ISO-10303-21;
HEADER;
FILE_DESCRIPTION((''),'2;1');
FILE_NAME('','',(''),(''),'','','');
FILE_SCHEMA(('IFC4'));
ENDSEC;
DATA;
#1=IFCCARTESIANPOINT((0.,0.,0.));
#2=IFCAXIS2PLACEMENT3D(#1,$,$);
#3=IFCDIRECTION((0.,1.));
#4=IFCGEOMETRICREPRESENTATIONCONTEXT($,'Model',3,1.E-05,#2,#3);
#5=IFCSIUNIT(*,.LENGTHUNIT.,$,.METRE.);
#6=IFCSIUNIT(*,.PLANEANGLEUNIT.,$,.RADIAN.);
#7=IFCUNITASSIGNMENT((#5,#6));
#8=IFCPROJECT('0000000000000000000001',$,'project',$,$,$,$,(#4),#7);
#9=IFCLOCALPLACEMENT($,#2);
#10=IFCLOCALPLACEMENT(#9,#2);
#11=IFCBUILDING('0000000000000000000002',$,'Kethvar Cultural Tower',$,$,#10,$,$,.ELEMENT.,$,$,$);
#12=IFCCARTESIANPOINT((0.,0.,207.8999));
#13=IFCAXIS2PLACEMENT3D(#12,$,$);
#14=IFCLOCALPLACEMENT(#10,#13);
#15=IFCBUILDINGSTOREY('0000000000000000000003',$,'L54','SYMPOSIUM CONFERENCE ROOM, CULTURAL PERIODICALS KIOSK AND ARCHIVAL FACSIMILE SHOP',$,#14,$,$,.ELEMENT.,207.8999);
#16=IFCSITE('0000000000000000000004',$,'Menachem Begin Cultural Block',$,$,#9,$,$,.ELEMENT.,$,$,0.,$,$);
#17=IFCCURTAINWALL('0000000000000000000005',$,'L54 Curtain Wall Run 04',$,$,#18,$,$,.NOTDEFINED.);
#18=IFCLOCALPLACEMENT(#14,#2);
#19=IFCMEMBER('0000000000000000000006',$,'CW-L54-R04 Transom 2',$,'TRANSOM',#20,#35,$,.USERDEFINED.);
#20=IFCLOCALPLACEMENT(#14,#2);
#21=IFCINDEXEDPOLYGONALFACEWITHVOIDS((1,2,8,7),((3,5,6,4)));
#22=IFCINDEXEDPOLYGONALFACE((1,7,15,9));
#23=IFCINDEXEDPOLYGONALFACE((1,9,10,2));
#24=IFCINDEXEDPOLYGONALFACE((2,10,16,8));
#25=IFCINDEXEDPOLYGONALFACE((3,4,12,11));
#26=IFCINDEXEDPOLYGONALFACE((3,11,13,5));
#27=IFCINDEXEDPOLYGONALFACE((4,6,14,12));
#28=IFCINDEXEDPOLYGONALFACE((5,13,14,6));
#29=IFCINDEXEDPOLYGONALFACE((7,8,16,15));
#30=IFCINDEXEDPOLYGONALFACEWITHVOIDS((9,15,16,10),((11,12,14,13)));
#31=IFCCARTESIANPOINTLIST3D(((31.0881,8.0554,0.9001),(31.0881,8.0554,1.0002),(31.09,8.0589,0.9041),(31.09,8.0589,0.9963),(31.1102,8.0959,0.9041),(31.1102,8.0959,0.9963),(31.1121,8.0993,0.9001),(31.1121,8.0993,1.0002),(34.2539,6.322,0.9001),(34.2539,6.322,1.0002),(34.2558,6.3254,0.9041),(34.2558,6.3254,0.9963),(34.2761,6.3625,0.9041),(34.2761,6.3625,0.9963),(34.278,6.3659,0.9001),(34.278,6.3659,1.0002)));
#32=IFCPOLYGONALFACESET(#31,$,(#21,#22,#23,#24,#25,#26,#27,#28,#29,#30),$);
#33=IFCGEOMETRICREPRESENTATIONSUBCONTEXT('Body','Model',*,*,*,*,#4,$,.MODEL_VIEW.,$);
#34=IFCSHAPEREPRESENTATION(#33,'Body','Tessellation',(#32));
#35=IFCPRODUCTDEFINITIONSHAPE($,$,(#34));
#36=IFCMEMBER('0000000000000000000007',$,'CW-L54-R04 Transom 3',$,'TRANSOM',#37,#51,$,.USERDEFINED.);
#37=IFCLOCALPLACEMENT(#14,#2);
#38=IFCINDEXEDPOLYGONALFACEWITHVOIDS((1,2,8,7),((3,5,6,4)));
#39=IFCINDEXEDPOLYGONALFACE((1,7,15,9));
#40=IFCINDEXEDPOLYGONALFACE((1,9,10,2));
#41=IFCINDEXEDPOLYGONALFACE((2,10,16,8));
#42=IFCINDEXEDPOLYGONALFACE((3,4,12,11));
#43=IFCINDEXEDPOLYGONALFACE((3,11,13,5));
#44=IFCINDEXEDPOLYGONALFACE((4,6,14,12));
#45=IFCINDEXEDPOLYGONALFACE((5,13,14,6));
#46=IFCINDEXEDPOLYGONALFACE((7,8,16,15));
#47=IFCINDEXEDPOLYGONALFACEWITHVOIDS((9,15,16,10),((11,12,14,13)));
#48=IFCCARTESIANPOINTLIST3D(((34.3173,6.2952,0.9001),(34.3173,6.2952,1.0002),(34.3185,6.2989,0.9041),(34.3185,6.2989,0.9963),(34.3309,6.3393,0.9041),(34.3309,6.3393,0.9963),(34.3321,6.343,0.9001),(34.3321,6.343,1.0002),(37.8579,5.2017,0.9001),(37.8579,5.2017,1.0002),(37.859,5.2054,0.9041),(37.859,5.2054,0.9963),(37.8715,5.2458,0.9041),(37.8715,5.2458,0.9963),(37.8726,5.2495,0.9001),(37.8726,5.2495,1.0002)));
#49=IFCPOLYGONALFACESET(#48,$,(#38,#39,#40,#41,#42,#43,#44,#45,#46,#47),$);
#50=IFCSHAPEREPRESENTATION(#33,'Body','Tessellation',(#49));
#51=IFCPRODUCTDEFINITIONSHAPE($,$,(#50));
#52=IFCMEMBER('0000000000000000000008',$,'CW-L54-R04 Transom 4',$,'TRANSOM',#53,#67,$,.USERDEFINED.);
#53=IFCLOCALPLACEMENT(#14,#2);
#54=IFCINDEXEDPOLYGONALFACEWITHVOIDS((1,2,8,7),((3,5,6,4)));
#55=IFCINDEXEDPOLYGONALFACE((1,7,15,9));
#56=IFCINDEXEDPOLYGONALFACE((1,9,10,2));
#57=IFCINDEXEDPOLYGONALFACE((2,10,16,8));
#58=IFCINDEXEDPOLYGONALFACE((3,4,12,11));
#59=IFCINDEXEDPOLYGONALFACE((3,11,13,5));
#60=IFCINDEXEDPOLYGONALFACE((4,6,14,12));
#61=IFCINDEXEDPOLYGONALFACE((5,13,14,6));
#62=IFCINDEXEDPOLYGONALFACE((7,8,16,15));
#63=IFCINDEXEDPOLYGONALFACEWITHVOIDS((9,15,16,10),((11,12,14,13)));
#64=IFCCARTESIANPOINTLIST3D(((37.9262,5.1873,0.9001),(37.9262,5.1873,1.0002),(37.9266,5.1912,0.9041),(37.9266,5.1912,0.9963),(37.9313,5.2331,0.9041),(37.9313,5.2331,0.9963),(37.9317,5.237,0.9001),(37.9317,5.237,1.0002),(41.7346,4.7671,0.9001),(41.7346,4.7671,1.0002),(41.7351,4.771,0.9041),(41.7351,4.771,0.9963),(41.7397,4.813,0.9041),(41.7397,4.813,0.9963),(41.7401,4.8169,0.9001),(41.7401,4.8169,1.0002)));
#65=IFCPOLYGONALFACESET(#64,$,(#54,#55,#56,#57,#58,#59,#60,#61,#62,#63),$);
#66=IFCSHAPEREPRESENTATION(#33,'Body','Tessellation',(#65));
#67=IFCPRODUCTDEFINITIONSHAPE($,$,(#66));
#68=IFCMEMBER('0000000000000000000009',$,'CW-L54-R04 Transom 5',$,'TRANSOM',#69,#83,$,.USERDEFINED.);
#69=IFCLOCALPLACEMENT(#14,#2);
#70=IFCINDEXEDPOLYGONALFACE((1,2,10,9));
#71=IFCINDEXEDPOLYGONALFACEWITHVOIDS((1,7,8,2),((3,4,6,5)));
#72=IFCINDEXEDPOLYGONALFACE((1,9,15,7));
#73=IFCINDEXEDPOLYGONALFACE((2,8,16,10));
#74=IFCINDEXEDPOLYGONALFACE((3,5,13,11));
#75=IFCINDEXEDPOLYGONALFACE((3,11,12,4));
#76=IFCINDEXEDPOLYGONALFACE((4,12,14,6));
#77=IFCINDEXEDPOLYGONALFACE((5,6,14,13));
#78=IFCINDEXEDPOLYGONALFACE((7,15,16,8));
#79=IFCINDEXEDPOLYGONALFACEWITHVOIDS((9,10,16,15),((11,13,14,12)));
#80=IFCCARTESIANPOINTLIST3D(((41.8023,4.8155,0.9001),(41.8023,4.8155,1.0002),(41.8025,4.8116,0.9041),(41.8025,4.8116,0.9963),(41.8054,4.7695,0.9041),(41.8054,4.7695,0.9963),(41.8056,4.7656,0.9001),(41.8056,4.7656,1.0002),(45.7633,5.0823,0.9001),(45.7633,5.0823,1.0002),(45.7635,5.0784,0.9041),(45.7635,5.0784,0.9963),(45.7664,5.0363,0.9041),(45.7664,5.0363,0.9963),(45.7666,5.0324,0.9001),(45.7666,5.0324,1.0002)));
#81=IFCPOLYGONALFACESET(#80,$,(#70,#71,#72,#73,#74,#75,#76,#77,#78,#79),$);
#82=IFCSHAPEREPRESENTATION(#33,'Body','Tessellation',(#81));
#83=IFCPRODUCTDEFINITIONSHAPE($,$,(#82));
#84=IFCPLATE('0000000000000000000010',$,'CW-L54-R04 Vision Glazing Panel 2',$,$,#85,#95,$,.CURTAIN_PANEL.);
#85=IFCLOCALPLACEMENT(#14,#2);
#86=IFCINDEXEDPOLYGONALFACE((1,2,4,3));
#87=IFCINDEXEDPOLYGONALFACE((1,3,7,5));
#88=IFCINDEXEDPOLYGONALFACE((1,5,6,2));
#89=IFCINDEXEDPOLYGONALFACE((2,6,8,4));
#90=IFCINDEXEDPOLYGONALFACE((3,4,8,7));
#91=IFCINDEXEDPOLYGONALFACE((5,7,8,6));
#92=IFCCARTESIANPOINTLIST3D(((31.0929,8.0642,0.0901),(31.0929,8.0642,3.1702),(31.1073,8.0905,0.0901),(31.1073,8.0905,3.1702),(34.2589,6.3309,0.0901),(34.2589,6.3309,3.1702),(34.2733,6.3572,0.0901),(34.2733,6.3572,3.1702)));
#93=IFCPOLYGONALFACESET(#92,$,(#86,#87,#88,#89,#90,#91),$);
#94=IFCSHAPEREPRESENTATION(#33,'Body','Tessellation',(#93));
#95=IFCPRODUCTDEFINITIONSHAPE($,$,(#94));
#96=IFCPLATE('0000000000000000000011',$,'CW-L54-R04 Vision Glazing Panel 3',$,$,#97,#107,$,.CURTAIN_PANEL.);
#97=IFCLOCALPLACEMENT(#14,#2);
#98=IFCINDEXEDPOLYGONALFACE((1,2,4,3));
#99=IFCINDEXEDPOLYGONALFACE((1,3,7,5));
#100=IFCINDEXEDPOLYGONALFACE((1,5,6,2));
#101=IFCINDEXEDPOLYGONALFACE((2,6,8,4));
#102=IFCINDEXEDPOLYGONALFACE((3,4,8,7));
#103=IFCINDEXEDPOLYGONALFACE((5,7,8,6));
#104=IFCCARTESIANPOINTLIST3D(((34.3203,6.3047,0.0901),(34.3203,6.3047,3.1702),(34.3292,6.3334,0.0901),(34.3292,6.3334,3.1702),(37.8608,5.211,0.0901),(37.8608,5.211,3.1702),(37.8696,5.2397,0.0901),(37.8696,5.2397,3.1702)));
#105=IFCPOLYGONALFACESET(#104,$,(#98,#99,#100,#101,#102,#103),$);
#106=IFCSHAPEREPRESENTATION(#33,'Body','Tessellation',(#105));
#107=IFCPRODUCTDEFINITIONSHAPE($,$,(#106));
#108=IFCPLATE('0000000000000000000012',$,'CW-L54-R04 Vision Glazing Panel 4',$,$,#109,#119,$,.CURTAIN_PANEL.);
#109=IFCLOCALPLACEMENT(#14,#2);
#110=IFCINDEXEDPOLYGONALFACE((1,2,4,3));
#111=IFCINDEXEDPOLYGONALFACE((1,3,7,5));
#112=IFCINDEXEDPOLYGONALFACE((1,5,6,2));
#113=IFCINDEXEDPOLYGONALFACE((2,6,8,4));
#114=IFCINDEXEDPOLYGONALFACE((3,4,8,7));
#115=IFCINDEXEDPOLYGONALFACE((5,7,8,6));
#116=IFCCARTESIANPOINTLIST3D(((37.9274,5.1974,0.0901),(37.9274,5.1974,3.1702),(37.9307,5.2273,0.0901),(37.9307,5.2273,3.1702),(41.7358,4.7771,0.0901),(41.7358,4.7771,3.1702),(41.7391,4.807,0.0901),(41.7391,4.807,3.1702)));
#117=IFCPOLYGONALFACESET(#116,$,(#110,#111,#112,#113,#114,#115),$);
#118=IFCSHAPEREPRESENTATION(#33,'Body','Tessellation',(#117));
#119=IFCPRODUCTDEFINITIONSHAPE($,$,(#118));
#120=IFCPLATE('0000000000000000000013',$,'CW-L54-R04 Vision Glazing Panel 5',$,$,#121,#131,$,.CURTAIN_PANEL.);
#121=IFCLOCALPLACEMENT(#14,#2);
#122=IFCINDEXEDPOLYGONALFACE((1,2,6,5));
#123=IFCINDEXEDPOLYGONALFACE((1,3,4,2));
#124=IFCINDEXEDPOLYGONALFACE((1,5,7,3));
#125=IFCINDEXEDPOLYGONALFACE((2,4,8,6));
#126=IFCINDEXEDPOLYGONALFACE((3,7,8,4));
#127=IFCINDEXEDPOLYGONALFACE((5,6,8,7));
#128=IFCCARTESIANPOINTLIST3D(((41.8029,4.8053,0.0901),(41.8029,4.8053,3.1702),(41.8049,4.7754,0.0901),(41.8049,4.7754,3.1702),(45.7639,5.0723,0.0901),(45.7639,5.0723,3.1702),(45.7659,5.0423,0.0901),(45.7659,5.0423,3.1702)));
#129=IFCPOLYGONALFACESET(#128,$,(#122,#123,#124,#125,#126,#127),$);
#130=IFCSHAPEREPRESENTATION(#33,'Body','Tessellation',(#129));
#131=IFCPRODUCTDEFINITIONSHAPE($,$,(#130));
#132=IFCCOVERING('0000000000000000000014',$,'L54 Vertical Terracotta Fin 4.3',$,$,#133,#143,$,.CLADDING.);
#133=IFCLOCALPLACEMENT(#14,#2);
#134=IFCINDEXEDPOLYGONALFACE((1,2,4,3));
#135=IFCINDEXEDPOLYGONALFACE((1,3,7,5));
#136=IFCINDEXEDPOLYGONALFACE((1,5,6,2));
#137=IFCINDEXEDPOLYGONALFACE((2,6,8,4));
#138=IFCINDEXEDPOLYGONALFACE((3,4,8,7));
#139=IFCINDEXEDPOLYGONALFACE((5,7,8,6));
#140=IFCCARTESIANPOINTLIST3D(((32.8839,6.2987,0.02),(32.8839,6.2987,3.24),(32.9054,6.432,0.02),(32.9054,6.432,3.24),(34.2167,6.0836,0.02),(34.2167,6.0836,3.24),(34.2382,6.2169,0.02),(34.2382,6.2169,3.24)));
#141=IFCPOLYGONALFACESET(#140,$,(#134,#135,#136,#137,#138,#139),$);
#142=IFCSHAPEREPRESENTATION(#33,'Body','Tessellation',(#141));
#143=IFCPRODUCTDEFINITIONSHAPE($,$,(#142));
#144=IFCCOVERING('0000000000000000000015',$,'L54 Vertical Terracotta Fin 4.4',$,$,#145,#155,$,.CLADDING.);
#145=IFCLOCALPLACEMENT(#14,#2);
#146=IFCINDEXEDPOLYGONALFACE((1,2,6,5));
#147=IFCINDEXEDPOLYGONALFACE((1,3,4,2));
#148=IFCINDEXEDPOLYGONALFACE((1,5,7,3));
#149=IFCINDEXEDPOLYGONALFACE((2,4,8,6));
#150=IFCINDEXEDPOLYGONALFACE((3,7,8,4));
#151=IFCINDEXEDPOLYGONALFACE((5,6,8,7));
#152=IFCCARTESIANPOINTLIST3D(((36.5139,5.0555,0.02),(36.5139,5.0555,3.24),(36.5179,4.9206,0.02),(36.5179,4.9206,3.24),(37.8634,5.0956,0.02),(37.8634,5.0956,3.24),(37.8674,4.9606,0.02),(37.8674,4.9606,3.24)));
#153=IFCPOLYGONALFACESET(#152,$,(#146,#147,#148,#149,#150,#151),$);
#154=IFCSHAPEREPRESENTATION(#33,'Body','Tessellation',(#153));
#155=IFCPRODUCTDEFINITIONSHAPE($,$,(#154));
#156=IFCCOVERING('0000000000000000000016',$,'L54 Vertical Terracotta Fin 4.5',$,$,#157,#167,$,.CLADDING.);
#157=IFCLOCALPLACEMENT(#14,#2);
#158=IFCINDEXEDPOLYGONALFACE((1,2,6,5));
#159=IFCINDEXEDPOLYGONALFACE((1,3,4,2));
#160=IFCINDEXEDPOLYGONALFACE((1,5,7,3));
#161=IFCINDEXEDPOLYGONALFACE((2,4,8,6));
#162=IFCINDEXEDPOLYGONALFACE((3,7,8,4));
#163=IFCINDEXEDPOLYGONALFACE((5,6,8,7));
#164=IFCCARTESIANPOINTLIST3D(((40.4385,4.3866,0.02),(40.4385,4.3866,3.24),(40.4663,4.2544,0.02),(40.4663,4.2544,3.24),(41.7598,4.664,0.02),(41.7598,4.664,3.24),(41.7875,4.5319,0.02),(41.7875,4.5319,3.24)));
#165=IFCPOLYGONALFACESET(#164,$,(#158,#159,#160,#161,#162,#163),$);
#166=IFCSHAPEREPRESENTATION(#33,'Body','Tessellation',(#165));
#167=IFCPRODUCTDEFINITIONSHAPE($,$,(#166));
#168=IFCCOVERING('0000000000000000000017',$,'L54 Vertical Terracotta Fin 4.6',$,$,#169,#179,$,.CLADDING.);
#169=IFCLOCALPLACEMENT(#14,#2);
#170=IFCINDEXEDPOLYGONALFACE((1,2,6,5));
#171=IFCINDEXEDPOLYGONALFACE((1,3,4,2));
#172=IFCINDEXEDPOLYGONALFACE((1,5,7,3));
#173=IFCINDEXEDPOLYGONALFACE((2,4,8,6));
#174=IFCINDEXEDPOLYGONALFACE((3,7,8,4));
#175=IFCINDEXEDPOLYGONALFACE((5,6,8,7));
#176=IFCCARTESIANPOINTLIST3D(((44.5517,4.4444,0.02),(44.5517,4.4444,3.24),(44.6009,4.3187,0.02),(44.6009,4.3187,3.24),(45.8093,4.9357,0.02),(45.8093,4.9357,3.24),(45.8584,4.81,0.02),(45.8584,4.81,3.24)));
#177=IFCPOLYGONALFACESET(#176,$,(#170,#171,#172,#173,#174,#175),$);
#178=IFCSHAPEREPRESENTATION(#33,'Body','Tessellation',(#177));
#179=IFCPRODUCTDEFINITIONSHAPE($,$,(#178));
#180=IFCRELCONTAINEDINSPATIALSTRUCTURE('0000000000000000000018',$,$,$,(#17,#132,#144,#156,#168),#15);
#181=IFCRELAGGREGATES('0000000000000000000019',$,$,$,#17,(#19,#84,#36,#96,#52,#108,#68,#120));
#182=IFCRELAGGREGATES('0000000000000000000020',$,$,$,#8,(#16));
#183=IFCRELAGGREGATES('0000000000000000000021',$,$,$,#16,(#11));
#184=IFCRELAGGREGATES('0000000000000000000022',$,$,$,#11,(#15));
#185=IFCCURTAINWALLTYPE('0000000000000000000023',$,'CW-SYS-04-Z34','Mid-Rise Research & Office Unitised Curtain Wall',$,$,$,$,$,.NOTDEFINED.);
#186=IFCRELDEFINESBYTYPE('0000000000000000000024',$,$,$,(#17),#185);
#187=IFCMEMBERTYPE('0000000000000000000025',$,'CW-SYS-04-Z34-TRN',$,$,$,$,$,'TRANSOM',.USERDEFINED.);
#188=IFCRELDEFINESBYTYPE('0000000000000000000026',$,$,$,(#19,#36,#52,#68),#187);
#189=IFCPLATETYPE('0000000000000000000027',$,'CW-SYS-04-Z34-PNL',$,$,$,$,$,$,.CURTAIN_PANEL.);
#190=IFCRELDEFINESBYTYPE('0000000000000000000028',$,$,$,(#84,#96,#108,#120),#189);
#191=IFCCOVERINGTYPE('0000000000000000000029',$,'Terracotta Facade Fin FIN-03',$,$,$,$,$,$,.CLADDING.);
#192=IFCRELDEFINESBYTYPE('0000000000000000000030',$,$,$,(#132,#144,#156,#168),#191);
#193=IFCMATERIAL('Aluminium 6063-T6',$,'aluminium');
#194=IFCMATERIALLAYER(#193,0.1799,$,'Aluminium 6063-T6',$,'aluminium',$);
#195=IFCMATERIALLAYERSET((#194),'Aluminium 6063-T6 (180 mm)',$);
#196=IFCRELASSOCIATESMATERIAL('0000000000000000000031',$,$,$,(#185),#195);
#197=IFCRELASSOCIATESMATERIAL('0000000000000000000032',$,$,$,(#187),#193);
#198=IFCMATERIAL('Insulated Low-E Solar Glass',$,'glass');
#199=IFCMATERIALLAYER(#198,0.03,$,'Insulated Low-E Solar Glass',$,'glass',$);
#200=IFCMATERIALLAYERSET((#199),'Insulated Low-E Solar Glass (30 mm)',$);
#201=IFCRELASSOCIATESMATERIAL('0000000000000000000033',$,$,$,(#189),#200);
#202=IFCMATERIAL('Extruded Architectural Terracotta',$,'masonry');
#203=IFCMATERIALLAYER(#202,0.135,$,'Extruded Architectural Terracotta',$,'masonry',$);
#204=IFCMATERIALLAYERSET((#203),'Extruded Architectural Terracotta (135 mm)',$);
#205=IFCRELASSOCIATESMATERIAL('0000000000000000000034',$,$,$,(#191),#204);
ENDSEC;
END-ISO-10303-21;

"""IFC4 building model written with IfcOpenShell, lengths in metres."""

from ifc_helpers import new_model, si_unit, direction, frame, origin, origin_2d, place, context, subcontext, project, spatial, rectangle, hollow_rectangle, extrude, source, transform, mapped, material, layer, layer_set, material_profile, profile_set, type_object, element, aggregate, save


model = new_model("IFC4")

# Units and contexts
model_context = context("Model", 3, precision=1e-05, world=origin(), true_north=direction((0.0, 1.0)))
body_context = subcontext(model_context, "Body", "Model", "MODEL_VIEW")
ifc_project = project(units=[si_unit("LENGTHUNIT", "METRE"), si_unit("PLANEANGLEUNIT", "RADIAN")], contexts=[model_context])

# Site, building, storey
site_placement = place(None, origin())
site = spatial("IfcSite", under=ifc_project, at=site_placement, Name="Menachem Begin Cultural Block", CompositionType="ELEMENT", RefElevation=0.0)
building_placement = place(site_placement, origin())
building = spatial("IfcBuilding", under=site, at=building_placement, Name="Kethvar Cultural Tower", CompositionType="ELEMENT")
storey_placement = place(building_placement, frame((0.0, 0.0, 207.8999)))
storey = spatial("IfcBuildingStorey", under=building, at=storey_placement, Name="L54", Description="SYMPOSIUM CONFERENCE ROOM, CULTURAL PERIODICALS KIOSK AND ARCHIVAL FACSIMILE SHOP", CompositionType="ELEMENT", Elevation=207.8999)

# Curtain wall, members, plates
ifc_material_1 = material(Name="Aluminium 6063-T6", Category="aluminium")
ifc_layer_1 = layer(ifc_material_1, 0.1799, Name="Aluminium 6063-T6", Category="aluminium")
ifc_layer_set_1 = layer_set([ifc_layer_1], Name="Aluminium 6063-T6 (180 mm)")
curtain_wall_type = type_object("IfcCurtainWallType", Name="CW-SYS-04-Z34", Description="Mid-Rise Research & Office Unitised Curtain Wall", PredefinedType="NOTDEFINED", material=ifc_layer_set_1)
curtain_wall_placement = place(storey_placement, origin())
curtain_wall = element("IfcCurtainWall", 1, at=curtain_wall_placement, inside=storey, type_object=curtain_wall_type, Name="L54 Curtain Wall Run 04", PredefinedType="NOTDEFINED")
ifc_material_profile_1 = material_profile(ifc_material_1, hollow_rectangle(XDim=0.05, YDim=0.1001, WallThickness=0.0039, at=origin_2d()), Name="Aluminium 6063-T6 — RHS100x50x4")
ifc_profile_set_1 = profile_set([ifc_material_profile_1], Name="Aluminium 6063-T6 — RHS100x50x4")
member_type_1 = type_object("IfcMemberType", Name="CW-SYS-04-Z34-TRN", ElementType="TRANSOM", PredefinedType="USERDEFINED", material=ifc_profile_set_1)
shared_shape_1 = source(origin(), body_context, "Body", "SweptSolid", [
    extrude(hollow_rectangle(XDim=0.05, YDim=0.1001, WallThickness=0.0039, at=origin_2d()), origin(), (0.0, 0.0, 1.0), 3.6094),
])
member_1_placement = place(storey_placement, frame((31.1001, 8.0774, 0.9502), z_axis=(0.877124, -0.480264, 0.0), x_axis=(0.480264, 0.877124, 0.0)))
member_1 = element("IfcMember", 2, at=member_1_placement, type_object=member_type_1, Name="CW-L54-R04 Transom 2", ObjectType="TRANSOM", PredefinedType="USERDEFINED", context=body_context, shape_type="MappedRepresentation", body=[
    mapped(shared_shape_1, transform((0.0, 0.0, 0.0), scale=1.0)),
])
shared_shape_2 = source(origin(), body_context, "Body", "SweptSolid", [
    extrude(hollow_rectangle(XDim=0.05, YDim=0.1001, WallThickness=0.0039, at=origin_2d()), origin(), (0.0, 0.0, 1.0), 3.7056),
])
member_2_placement = place(storey_placement, frame((34.3247, 6.3191, 0.9502), z_axis=(0.955466, -0.2951, 0.0), x_axis=(0.2951, 0.955466, 0.0)))
member_2 = element("IfcMember", 3, at=member_2_placement, type_object=member_type_1, Name="CW-L54-R04 Transom 3", ObjectType="TRANSOM", PredefinedType="USERDEFINED", context=body_context, shape_type="MappedRepresentation", body=[
    mapped(shared_shape_2, transform((0.0, 0.0, 0.0), scale=1.0)),
])
shared_shape_3 = source(origin(), body_context, "Body", "SweptSolid", [
    extrude(hollow_rectangle(XDim=0.05, YDim=0.1001, WallThickness=0.0039, at=origin_2d()), origin(), (0.0, 0.0, 1.0), 3.8315),
])
member_3_placement = place(storey_placement, frame((37.929, 5.2122, 0.9502), z_axis=(0.993969, -0.109662, 0.0), x_axis=(0.109662, 0.993969, 0.0)))
member_3 = element("IfcMember", 4, at=member_3_placement, type_object=member_type_1, Name="CW-L54-R04 Transom 4", ObjectType="TRANSOM", PredefinedType="USERDEFINED", context=body_context, shape_type="MappedRepresentation", body=[
    mapped(shared_shape_3, transform((0.0, 0.0, 0.0), scale=1.0)),
])
shared_shape_4 = source(origin(), body_context, "Body", "SweptSolid", [
    extrude(hollow_rectangle(XDim=0.05, YDim=0.1001, WallThickness=0.0039, at=origin_2d()), origin(), (0.0, 0.0, 1.0), 3.97),
])
member_4_placement = place(storey_placement, frame((41.804, 4.7905, 0.9502), z_axis=(0.997738, 0.067217, 0.0), x_axis=(-0.067217, 0.997738, 0.0)))
member_4 = element("IfcMember", 5, at=member_4_placement, type_object=member_type_1, Name="CW-L54-R04 Transom 5", ObjectType="TRANSOM", PredefinedType="USERDEFINED", context=body_context, shape_type="MappedRepresentation", body=[
    mapped(shared_shape_4, transform((0.0, 0.0, 0.0), scale=1.0)),
])
ifc_material_2 = material(Name="Insulated Low-E Solar Glass", Category="glass")
ifc_layer_2 = layer(ifc_material_2, 0.03, Name="Insulated Low-E Solar Glass", Category="glass")
ifc_layer_set_2 = layer_set([ifc_layer_2], Name="Insulated Low-E Solar Glass (30 mm)")
plate_type = type_object("IfcPlateType", Name="CW-SYS-04-Z34-PNL", PredefinedType="CURTAIN_PANEL", material=ifc_layer_set_2)
shared_shape_5 = source(origin(), body_context, "Body", "SweptSolid", [
    extrude(rectangle(XDim=3.6094, YDim=0.03, at=origin_2d()), origin(), (0.0, 0.0, 1.0), 3.0801),
])
plate_1_placement = place(storey_placement, frame((32.6831, 7.2107, 0.0901), z_axis=(0.0, 0.0, 1.0), x_axis=(0.877146, -0.480223, 0.0)))
plate_1 = element("IfcPlate", 6, at=plate_1_placement, type_object=plate_type, Name="CW-L54-R04 Vision Glazing Panel 2", PredefinedType="CURTAIN_PANEL", context=body_context, shape_type="MappedRepresentation", body=[
    mapped(shared_shape_5, transform((0.0, 0.0, 0.0), scale=1.0)),
])
shared_shape_6 = source(origin(), body_context, "Body", "SweptSolid", [
    extrude(rectangle(XDim=3.7056, YDim=0.03, at=origin_2d()), origin(), (0.0, 0.0, 1.0), 3.0801),
])
plate_2_placement = place(storey_placement, frame((36.095, 5.7722, 0.0901), z_axis=(0.0, 0.0, 1.0), x_axis=(0.955449, -0.295158, 0.0)))
plate_2 = element("IfcPlate", 7, at=plate_2_placement, type_object=plate_type, Name="CW-L54-R04 Vision Glazing Panel 3", PredefinedType="CURTAIN_PANEL", context=body_context, shape_type="MappedRepresentation", body=[
    mapped(shared_shape_6, transform((0.0, 0.0, 0.0), scale=1.0)),
])
shared_shape_7 = source(origin(), body_context, "Body", "SweptSolid", [
    extrude(rectangle(XDim=3.8315, YDim=0.03, at=origin_2d()), origin(), (0.0, 0.0, 1.0), 3.0801),
])
plate_3_placement = place(storey_placement, frame((39.8333, 5.0022, 0.0901), z_axis=(0.0, 0.0, 1.0), x_axis=(0.993965, -0.1097, 0.0)))
plate_3 = element("IfcPlate", 8, at=plate_3_placement, type_object=plate_type, Name="CW-L54-R04 Vision Glazing Panel 4", PredefinedType="CURTAIN_PANEL", context=body_context, shape_type="MappedRepresentation", body=[
    mapped(shared_shape_7, transform((0.0, 0.0, 0.0), scale=1.0)),
])
shared_shape_8 = source(origin(), body_context, "Body", "SweptSolid", [
    extrude(rectangle(XDim=3.97, YDim=0.03, at=origin_2d()), origin(), (0.0, 0.0, 1.0), 3.0801),
])
plate_4_placement = place(storey_placement, frame((43.7844, 4.9238, 0.0901), z_axis=(0.0, 0.0, 1.0), x_axis=(0.997736, 0.067249, 0.0)))
plate_4 = element("IfcPlate", 9, at=plate_4_placement, type_object=plate_type, Name="CW-L54-R04 Vision Glazing Panel 5", PredefinedType="CURTAIN_PANEL", context=body_context, shape_type="MappedRepresentation", body=[
    mapped(shared_shape_8, transform((0.0, 0.0, 0.0), scale=1.0)),
])
aggregate(curtain_wall, [member_1, plate_1, member_2, plate_2, member_3, plate_3, member_4, plate_4])

# Coverings
ifc_material_3 = material(Name="Extruded Architectural Terracotta", Category="masonry")
ifc_layer_3 = layer(ifc_material_3, 0.135, Name="Extruded Architectural Terracotta", Category="masonry")
ifc_layer_set_3 = layer_set([ifc_layer_3], Name="Extruded Architectural Terracotta (135 mm)")
covering_type = type_object("IfcCoveringType", Name="Terracotta Facade Fin FIN-03", PredefinedType="CLADDING", material=ifc_layer_set_3)
shared_shape_9 = source(origin(), body_context, "Body", "SweptSolid", [
    extrude(rectangle(XDim=1.3501, YDim=0.135, at=origin_2d()), origin(), (0.0, 0.0, 1.0), 3.22),
])
for number, where, z_axis, x_axis, name in (
    (10, (33.561, 6.2578, 0.02), (0.0, 0.0, 1.0), (-0.98722, 0.159364, 0.0), "L54 Vertical Terracotta Fin 4.3"),
    (11, (37.1907, 5.0081, 0.02), (0.0, 0.0, 1.0), (-0.99956, -0.029666, 0.0), "L54 Vertical Terracotta Fin 4.4"),
    (12, (41.113, 4.4592, 0.02), (0.0, 0.0, 1.0), (-0.978653, -0.205521, 0.0), "L54 Vertical Terracotta Fin 4.5"),
    (13, (45.2051, 4.6272, 0.02), (0.0, 0.0, 1.0), (-0.931437, -0.363902, 0.0), "L54 Vertical Terracotta Fin 4.6"),
):
    element("IfcCovering", number, at=place(storey_placement, frame(where, z_axis=z_axis, x_axis=x_axis)), inside=storey, type_object=covering_type, Name=name, PredefinedType="CLADDING", context=body_context, shape_type="MappedRepresentation", body=[
        mapped(shared_shape_9, transform((0.0, 0.0, 0.0), scale=1.0)),
    ])

save(model, "model.ifc")
